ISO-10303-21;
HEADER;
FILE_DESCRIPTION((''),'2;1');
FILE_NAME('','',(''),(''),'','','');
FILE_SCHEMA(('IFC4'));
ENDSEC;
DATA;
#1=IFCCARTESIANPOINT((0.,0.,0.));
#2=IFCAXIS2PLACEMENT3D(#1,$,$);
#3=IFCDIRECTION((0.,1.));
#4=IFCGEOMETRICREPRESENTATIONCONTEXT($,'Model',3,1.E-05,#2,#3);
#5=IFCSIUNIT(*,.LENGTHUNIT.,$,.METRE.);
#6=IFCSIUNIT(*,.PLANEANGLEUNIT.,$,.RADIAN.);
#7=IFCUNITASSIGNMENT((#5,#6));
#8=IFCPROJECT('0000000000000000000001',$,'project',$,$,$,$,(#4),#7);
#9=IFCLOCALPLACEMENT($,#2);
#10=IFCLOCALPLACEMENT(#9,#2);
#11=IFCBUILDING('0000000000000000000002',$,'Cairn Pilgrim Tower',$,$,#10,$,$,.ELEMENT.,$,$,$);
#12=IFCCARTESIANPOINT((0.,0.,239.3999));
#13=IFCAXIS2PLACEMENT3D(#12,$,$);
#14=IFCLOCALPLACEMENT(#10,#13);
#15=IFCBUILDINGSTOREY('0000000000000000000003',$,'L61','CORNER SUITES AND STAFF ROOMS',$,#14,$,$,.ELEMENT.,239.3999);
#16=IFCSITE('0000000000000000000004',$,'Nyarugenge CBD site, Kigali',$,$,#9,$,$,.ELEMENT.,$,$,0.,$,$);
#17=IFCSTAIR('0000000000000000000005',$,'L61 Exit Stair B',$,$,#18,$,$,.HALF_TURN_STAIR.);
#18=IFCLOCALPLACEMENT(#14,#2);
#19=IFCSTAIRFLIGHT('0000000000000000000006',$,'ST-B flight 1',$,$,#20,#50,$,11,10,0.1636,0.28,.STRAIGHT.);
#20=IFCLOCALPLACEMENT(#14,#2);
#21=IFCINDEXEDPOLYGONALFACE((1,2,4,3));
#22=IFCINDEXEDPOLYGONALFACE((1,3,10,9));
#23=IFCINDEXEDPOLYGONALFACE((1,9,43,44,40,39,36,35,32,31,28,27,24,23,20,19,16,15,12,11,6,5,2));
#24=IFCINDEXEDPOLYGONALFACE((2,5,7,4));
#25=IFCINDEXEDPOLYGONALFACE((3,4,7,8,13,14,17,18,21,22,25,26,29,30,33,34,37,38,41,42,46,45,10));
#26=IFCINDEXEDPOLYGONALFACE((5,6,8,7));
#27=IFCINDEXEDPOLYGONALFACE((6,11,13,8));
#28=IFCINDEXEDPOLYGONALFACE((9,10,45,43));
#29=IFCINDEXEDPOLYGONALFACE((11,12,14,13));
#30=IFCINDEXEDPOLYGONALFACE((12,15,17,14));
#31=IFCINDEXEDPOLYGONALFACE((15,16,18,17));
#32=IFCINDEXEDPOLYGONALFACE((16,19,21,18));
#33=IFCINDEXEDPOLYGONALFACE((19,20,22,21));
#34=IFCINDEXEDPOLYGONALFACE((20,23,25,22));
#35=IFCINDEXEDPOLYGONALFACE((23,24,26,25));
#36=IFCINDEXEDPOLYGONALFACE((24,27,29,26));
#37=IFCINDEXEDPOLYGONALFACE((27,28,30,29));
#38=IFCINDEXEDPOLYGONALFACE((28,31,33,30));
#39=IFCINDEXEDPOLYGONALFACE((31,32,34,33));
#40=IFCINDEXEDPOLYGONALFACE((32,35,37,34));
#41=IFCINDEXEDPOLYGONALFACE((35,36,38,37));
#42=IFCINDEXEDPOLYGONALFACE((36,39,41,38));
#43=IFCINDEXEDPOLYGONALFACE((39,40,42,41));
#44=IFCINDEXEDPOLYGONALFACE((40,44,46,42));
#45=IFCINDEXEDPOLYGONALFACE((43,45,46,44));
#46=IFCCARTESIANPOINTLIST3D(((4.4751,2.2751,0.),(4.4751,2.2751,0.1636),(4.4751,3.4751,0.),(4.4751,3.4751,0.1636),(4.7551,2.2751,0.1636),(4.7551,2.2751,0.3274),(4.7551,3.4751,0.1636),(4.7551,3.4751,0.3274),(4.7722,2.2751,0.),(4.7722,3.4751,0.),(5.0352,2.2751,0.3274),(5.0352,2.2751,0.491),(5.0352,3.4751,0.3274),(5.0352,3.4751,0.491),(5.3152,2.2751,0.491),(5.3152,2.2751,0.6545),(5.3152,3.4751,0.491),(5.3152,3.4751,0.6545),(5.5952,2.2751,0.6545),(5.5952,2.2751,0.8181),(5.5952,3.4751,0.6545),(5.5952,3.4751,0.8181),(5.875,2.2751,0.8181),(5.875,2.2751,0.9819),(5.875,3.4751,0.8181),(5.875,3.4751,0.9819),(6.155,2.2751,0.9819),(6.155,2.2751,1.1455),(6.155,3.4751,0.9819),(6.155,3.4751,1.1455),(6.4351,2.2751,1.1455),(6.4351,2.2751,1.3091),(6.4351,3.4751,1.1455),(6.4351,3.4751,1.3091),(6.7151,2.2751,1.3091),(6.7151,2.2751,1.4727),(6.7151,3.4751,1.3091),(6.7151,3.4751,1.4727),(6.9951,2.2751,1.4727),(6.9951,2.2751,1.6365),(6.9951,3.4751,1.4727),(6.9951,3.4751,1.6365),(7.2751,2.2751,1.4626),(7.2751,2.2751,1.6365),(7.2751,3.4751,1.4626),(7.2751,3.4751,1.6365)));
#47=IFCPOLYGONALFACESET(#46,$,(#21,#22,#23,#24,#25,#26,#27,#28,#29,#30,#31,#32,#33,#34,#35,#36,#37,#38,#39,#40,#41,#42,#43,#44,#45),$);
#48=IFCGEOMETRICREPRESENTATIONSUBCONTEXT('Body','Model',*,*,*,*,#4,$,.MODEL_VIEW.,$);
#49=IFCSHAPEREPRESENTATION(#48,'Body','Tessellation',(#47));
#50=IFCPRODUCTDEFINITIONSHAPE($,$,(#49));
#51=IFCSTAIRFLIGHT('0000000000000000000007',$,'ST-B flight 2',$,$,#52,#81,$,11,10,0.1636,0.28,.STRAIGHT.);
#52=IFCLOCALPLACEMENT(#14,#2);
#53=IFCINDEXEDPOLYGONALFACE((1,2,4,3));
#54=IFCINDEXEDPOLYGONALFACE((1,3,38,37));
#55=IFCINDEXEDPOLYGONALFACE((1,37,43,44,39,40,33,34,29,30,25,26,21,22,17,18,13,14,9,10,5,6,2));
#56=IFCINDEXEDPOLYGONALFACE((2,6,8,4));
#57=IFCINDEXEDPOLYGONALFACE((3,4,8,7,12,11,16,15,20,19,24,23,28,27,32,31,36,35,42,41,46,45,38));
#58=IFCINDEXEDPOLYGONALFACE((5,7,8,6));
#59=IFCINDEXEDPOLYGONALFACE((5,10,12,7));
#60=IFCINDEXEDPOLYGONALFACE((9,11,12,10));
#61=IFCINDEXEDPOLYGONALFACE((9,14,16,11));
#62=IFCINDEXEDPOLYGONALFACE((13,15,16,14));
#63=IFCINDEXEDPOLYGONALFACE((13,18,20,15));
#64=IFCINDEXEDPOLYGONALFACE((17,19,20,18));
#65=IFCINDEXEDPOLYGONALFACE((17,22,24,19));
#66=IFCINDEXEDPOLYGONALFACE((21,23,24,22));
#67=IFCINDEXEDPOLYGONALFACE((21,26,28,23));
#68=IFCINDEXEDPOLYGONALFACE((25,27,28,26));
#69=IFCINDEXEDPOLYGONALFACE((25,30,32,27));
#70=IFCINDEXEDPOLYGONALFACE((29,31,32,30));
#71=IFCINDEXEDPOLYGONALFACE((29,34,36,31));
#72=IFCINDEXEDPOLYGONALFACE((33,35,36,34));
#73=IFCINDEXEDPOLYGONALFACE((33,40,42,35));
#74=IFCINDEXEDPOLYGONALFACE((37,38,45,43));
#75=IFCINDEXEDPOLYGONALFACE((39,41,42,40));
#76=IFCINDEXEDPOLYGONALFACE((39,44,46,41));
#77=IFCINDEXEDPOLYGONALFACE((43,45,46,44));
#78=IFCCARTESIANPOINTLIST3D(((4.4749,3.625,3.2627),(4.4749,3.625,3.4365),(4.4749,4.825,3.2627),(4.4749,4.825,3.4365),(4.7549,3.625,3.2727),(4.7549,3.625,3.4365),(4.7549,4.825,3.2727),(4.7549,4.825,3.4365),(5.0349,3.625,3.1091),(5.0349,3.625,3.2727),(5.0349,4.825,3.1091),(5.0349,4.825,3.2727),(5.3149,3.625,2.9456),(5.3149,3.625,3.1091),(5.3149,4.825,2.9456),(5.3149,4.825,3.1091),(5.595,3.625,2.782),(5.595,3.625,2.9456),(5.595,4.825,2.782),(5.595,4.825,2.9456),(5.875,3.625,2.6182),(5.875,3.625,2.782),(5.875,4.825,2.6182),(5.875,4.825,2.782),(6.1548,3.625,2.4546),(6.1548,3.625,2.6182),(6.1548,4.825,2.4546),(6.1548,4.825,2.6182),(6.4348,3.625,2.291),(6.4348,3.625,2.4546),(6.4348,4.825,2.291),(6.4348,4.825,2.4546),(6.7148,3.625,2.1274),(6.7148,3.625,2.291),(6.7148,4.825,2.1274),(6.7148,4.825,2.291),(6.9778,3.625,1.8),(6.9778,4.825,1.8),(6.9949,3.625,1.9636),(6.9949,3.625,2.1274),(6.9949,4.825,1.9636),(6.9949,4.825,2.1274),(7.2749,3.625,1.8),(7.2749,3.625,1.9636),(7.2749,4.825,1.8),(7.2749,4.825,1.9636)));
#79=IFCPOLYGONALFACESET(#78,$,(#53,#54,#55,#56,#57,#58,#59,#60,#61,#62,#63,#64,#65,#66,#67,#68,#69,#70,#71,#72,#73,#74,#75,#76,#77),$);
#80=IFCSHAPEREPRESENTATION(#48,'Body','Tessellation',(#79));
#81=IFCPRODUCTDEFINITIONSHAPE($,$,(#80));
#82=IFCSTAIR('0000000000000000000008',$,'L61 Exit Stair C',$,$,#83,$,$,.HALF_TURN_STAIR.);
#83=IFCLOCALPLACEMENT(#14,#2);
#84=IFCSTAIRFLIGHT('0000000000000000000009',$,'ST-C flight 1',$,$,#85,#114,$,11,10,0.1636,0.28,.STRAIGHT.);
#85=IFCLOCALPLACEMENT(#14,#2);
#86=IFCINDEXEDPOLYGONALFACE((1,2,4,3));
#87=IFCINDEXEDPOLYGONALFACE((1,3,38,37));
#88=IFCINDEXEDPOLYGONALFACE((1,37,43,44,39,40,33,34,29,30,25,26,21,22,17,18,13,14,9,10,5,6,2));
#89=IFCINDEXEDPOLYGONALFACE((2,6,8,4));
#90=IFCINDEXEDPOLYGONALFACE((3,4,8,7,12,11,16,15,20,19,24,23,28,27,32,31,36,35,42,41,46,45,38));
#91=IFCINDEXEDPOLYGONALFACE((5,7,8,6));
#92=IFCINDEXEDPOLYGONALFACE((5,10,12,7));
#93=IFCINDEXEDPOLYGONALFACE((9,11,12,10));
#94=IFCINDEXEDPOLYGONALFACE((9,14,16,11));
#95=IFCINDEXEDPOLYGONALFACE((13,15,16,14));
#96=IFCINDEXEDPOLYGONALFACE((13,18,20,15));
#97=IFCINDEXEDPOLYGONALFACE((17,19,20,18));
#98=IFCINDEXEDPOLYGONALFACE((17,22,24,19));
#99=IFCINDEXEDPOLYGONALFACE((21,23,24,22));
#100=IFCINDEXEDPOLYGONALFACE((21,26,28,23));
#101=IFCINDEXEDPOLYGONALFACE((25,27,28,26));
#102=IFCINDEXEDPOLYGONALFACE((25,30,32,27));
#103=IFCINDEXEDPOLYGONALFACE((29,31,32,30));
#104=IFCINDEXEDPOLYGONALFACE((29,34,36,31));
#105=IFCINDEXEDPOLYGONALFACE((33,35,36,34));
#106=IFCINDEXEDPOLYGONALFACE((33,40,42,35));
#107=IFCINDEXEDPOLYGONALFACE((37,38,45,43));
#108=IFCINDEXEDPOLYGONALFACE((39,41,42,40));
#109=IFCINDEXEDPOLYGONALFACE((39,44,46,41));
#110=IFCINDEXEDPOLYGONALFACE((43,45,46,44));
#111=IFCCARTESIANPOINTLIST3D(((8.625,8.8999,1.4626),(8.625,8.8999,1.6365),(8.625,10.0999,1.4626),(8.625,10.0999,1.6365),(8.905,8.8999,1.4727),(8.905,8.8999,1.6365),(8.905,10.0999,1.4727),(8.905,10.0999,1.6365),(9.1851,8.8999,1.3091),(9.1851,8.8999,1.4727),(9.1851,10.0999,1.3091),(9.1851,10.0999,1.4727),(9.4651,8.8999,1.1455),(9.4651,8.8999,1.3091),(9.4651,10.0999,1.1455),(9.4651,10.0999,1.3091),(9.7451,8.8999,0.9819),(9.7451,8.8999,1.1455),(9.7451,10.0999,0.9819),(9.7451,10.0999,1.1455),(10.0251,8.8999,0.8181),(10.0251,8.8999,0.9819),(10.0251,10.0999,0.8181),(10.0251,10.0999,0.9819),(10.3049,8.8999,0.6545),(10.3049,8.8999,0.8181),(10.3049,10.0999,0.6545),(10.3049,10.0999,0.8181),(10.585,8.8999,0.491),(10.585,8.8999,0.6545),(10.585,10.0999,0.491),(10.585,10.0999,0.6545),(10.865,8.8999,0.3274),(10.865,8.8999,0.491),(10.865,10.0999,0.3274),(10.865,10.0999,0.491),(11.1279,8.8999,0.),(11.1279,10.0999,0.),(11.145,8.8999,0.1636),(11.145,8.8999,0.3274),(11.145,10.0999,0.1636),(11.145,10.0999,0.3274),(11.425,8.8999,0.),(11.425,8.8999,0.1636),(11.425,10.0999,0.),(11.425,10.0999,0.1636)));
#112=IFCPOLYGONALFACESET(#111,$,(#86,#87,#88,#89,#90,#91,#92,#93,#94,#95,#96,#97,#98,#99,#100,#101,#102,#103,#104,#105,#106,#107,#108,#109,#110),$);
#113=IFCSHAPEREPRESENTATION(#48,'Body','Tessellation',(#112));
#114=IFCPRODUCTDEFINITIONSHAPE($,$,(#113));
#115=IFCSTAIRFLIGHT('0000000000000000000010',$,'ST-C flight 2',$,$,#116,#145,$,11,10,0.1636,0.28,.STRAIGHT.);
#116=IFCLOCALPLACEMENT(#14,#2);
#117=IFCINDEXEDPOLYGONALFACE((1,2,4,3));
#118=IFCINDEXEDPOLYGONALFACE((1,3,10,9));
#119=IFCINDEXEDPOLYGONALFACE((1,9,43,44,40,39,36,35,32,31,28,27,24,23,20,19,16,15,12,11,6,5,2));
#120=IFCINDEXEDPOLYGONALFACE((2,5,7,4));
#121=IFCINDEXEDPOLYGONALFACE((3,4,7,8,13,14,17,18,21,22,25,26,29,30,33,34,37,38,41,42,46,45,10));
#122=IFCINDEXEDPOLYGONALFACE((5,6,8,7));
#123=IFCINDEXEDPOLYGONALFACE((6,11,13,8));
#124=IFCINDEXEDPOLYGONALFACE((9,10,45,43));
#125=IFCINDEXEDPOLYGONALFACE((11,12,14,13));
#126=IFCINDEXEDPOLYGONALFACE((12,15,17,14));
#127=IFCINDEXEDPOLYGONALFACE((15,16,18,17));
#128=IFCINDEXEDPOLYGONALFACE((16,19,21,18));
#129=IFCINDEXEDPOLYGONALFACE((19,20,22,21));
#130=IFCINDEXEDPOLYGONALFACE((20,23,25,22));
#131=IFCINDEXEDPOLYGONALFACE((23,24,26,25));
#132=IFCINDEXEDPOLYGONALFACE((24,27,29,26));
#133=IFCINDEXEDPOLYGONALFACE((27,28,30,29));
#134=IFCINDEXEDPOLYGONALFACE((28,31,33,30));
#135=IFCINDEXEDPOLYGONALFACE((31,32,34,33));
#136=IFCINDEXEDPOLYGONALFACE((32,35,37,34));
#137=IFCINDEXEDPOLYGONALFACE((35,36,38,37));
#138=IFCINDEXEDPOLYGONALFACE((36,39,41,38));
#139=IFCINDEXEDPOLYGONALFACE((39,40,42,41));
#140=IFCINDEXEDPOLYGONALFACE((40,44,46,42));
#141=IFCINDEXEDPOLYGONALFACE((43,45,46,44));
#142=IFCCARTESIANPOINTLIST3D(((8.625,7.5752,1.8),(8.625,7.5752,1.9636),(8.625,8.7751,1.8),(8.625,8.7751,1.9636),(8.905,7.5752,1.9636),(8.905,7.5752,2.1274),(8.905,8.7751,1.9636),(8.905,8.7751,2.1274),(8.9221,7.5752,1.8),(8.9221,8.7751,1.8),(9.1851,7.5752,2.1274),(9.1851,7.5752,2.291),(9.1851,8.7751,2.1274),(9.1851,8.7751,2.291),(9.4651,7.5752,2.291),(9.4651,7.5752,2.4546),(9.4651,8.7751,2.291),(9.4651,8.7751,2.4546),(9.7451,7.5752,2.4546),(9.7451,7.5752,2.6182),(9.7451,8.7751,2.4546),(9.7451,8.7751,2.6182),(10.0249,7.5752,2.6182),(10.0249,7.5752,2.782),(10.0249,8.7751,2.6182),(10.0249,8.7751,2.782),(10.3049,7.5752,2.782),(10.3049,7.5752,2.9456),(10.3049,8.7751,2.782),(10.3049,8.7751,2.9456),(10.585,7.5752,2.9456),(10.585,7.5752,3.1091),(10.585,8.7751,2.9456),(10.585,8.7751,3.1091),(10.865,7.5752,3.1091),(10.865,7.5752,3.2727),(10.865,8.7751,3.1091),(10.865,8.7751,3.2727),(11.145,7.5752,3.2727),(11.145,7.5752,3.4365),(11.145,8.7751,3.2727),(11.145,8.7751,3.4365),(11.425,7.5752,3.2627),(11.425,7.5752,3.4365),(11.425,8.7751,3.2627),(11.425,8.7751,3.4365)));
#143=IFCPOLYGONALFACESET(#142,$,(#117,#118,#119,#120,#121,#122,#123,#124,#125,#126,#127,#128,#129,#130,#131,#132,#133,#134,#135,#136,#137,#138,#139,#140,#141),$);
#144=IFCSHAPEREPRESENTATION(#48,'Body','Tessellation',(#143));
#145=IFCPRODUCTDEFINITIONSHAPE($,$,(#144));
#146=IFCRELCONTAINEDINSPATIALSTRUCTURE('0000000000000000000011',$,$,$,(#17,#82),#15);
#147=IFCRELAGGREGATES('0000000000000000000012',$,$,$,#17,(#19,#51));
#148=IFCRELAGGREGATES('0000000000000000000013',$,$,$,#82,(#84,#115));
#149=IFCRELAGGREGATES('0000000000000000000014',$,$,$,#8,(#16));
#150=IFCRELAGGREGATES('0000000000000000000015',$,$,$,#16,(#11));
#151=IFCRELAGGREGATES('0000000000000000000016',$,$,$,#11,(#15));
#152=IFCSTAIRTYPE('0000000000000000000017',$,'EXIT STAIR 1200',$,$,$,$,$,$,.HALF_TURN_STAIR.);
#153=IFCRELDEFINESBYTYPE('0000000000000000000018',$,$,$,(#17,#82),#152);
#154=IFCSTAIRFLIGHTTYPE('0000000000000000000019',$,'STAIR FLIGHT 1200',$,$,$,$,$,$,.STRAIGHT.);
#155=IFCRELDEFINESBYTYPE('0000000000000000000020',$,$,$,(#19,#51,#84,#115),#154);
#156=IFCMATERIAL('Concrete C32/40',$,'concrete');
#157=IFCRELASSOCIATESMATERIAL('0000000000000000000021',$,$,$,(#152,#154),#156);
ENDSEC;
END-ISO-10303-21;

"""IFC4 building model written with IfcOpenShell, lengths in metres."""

from ifc_helpers import new_model, si_unit, direction, frame, origin, place, context, subcontext, project, spatial, polyline, outline, extrude, material, type_object, element, aggregate, save


model = new_model("IFC4")

# Units and contexts
model_context = context("Model", 3, precision=1e-05, world=origin(), true_north=direction((0.0, 1.0)))
body_context = subcontext(model_context, "Body", "Model", "MODEL_VIEW")
ifc_project = project(units=[si_unit("LENGTHUNIT", "METRE"), si_unit("PLANEANGLEUNIT", "RADIAN")], contexts=[model_context])

# Site, building, storey
site_placement = place(None, origin())
site = spatial("IfcSite", under=ifc_project, at=site_placement, Name="Nyarugenge CBD site, Kigali", CompositionType="ELEMENT", RefElevation=0.0)
building_placement = place(site_placement, origin())
building = spatial("IfcBuilding", under=site, at=building_placement, Name="Cairn Pilgrim Tower", CompositionType="ELEMENT")
storey_placement = place(building_placement, frame((0.0, 0.0, 239.3999)))
storey = spatial("IfcBuildingStorey", under=building, at=storey_placement, Name="L61", Description="CORNER SUITES AND STAFF ROOMS", CompositionType="ELEMENT", Elevation=239.3999)

# Shared definitions
ifc_material_1 = material(Name="Concrete C32/40", Category="concrete")

# Stairs, stair flights
stair_type = type_object("IfcStairType", Name="EXIT STAIR 1200", PredefinedType="HALF_TURN_STAIR", material=ifc_material_1)
stair_1_placement = place(storey_placement, origin())
stair_1 = element("IfcStair", 1, at=stair_1_placement, inside=storey, type_object=stair_type, Name="L61 Exit Stair B", PredefinedType="HALF_TURN_STAIR")
stair_flight_type = type_object("IfcStairFlightType", Name="STAIR FLIGHT 1200", PredefinedType="STRAIGHT", material=ifc_material_1)
stair_flight_1_placement = place(storey_placement, frame((4.4751, 2.875, 0.0), z_axis=(0.0, 0.0, 1.0), x_axis=(1.0, 0.0, 0.0)))
stair_flight_1 = element("IfcStairFlight", 2, at=stair_flight_1_placement, type_object=stair_flight_type, Name="ST-B flight 1", NumberOfRisers=11, NumberOfTreads=10, PredefinedType="STRAIGHT", RiserHeight=0.1636, TreadLength=0.28, context=body_context, shape_type="SweptSolid", body=[
    extrude(outline(polyline([(0.0, 0.0), (0.0, 0.1636), (0.28, 0.1636), (0.28, 0.3274), (0.5601, 0.3274), (0.5601, 0.491), (0.8401, 0.491), (0.8401, 0.6545), (1.1201, 0.6545), (1.1201, 0.8181), (1.3999, 0.8181), (1.3999, 0.9819), (1.6799, 0.9819), (1.6799, 1.1455), (1.96, 1.1455), (1.96, 1.3091), (2.24, 1.3091), (2.24, 1.4727), (2.52, 1.4727), (2.52, 1.6365), (2.8, 1.6365), (2.8, 1.8), (2.8, 1.4626), (0.2971, 0.0), (0.0, 0.0)])), frame((0.0, 0.6001, 0.0), z_axis=(0.0, -1.0, 0.0), x_axis=(1.0, 0.0, 0.0)), (0.0, 0.0, 1.0), 1.2),
])
stair_flight_2_placement = place(storey_placement, frame((7.2749, 4.2251, 1.8), z_axis=(0.0, 0.0, 1.0), x_axis=(-1.0, 0.0, 0.0)))
stair_flight_2 = element("IfcStairFlight", 3, at=stair_flight_2_placement, type_object=stair_flight_type, Name="ST-B flight 2", NumberOfRisers=11, NumberOfTreads=10, PredefinedType="STRAIGHT", RiserHeight=0.1636, TreadLength=0.28, context=body_context, shape_type="SweptSolid", body=[
    extrude(outline(polyline([(0.0, 0.0), (0.0, 0.1636), (0.28, 0.1636), (0.28, 0.3274), (0.5601, 0.3274), (0.5601, 0.491), (0.8401, 0.491), (0.8401, 0.6545), (1.1201, 0.6545), (1.1201, 0.8181), (1.3999, 0.8181), (1.3999, 0.9819), (1.6799, 0.9819), (1.6799, 1.1455), (1.96, 1.1455), (1.96, 1.3091), (2.24, 1.3091), (2.24, 1.4727), (2.52, 1.4727), (2.52, 1.6365), (2.8, 1.6365), (2.8, 1.8), (2.8, 1.4626), (0.2971, 0.0), (0.0, 0.0)])), frame((0.0, 0.6001, 0.0), z_axis=(0.0, -1.0, 0.0), x_axis=(1.0, 0.0, 0.0)), (0.0, 0.0, 1.0), 1.2),
])
aggregate(stair_1, [stair_flight_1, stair_flight_2])
stair_2_placement = place(storey_placement, origin())
stair_2 = element("IfcStair", 4, at=stair_2_placement, inside=storey, type_object=stair_type, Name="L61 Exit Stair C", PredefinedType="HALF_TURN_STAIR")
stair_flight_3_placement = place(storey_placement, frame((11.425, 9.5, 0.0), z_axis=(0.0, 0.0, 1.0), x_axis=(-1.0, 0.0, 0.0)))
stair_flight_3 = element("IfcStairFlight", 5, at=stair_flight_3_placement, type_object=stair_flight_type, Name="ST-C flight 1", NumberOfRisers=11, NumberOfTreads=10, PredefinedType="STRAIGHT", RiserHeight=0.1636, TreadLength=0.28, context=body_context, shape_type="SweptSolid", body=[
    extrude(outline(polyline([(0.0, 0.0), (0.0, 0.1636), (0.28, 0.1636), (0.28, 0.3274), (0.5601, 0.3274), (0.5601, 0.491), (0.8401, 0.491), (0.8401, 0.6545), (1.1201, 0.6545), (1.1201, 0.8181), (1.3999, 0.8181), (1.3999, 0.9819), (1.6799, 0.9819), (1.6799, 1.1455), (1.96, 1.1455), (1.96, 1.3091), (2.24, 1.3091), (2.24, 1.4727), (2.52, 1.4727), (2.52, 1.6365), (2.8, 1.6365), (2.8, 1.8), (2.8, 1.4626), (0.2971, 0.0), (0.0, 0.0)])), frame((0.0, 0.6001, 0.0), z_axis=(0.0, -1.0, 0.0), x_axis=(1.0, 0.0, 0.0)), (0.0, 0.0, 1.0), 1.2),
])
stair_flight_4_placement = place(storey_placement, frame((8.625, 8.175, 1.8), z_axis=(0.0, 0.0, 1.0), x_axis=(1.0, 0.0, 0.0)))
stair_flight_4 = element("IfcStairFlight", 6, at=stair_flight_4_placement, type_object=stair_flight_type, Name="ST-C flight 2", NumberOfRisers=11, NumberOfTreads=10, PredefinedType="STRAIGHT", RiserHeight=0.1636, TreadLength=0.28, context=body_context, shape_type="SweptSolid", body=[
    extrude(outline(polyline([(0.0, 0.0), (0.0, 0.1636), (0.28, 0.1636), (0.28, 0.3274), (0.5601, 0.3274), (0.5601, 0.491), (0.8401, 0.491), (0.8401, 0.6545), (1.1201, 0.6545), (1.1201, 0.8181), (1.3999, 0.8181), (1.3999, 0.9819), (1.6799, 0.9819), (1.6799, 1.1455), (1.96, 1.1455), (1.96, 1.3091), (2.24, 1.3091), (2.24, 1.4727), (2.52, 1.4727), (2.52, 1.6365), (2.8, 1.6365), (2.8, 1.8), (2.8, 1.4626), (0.2971, 0.0), (0.0, 0.0)])), frame((0.0, 0.6001, 0.0), z_axis=(0.0, -1.0, 0.0), x_axis=(1.0, 0.0, 0.0)), (0.0, 0.0, 1.0), 1.2),
])
aggregate(stair_2, [stair_flight_3, stair_flight_4])

save(model, "model.ifc")
